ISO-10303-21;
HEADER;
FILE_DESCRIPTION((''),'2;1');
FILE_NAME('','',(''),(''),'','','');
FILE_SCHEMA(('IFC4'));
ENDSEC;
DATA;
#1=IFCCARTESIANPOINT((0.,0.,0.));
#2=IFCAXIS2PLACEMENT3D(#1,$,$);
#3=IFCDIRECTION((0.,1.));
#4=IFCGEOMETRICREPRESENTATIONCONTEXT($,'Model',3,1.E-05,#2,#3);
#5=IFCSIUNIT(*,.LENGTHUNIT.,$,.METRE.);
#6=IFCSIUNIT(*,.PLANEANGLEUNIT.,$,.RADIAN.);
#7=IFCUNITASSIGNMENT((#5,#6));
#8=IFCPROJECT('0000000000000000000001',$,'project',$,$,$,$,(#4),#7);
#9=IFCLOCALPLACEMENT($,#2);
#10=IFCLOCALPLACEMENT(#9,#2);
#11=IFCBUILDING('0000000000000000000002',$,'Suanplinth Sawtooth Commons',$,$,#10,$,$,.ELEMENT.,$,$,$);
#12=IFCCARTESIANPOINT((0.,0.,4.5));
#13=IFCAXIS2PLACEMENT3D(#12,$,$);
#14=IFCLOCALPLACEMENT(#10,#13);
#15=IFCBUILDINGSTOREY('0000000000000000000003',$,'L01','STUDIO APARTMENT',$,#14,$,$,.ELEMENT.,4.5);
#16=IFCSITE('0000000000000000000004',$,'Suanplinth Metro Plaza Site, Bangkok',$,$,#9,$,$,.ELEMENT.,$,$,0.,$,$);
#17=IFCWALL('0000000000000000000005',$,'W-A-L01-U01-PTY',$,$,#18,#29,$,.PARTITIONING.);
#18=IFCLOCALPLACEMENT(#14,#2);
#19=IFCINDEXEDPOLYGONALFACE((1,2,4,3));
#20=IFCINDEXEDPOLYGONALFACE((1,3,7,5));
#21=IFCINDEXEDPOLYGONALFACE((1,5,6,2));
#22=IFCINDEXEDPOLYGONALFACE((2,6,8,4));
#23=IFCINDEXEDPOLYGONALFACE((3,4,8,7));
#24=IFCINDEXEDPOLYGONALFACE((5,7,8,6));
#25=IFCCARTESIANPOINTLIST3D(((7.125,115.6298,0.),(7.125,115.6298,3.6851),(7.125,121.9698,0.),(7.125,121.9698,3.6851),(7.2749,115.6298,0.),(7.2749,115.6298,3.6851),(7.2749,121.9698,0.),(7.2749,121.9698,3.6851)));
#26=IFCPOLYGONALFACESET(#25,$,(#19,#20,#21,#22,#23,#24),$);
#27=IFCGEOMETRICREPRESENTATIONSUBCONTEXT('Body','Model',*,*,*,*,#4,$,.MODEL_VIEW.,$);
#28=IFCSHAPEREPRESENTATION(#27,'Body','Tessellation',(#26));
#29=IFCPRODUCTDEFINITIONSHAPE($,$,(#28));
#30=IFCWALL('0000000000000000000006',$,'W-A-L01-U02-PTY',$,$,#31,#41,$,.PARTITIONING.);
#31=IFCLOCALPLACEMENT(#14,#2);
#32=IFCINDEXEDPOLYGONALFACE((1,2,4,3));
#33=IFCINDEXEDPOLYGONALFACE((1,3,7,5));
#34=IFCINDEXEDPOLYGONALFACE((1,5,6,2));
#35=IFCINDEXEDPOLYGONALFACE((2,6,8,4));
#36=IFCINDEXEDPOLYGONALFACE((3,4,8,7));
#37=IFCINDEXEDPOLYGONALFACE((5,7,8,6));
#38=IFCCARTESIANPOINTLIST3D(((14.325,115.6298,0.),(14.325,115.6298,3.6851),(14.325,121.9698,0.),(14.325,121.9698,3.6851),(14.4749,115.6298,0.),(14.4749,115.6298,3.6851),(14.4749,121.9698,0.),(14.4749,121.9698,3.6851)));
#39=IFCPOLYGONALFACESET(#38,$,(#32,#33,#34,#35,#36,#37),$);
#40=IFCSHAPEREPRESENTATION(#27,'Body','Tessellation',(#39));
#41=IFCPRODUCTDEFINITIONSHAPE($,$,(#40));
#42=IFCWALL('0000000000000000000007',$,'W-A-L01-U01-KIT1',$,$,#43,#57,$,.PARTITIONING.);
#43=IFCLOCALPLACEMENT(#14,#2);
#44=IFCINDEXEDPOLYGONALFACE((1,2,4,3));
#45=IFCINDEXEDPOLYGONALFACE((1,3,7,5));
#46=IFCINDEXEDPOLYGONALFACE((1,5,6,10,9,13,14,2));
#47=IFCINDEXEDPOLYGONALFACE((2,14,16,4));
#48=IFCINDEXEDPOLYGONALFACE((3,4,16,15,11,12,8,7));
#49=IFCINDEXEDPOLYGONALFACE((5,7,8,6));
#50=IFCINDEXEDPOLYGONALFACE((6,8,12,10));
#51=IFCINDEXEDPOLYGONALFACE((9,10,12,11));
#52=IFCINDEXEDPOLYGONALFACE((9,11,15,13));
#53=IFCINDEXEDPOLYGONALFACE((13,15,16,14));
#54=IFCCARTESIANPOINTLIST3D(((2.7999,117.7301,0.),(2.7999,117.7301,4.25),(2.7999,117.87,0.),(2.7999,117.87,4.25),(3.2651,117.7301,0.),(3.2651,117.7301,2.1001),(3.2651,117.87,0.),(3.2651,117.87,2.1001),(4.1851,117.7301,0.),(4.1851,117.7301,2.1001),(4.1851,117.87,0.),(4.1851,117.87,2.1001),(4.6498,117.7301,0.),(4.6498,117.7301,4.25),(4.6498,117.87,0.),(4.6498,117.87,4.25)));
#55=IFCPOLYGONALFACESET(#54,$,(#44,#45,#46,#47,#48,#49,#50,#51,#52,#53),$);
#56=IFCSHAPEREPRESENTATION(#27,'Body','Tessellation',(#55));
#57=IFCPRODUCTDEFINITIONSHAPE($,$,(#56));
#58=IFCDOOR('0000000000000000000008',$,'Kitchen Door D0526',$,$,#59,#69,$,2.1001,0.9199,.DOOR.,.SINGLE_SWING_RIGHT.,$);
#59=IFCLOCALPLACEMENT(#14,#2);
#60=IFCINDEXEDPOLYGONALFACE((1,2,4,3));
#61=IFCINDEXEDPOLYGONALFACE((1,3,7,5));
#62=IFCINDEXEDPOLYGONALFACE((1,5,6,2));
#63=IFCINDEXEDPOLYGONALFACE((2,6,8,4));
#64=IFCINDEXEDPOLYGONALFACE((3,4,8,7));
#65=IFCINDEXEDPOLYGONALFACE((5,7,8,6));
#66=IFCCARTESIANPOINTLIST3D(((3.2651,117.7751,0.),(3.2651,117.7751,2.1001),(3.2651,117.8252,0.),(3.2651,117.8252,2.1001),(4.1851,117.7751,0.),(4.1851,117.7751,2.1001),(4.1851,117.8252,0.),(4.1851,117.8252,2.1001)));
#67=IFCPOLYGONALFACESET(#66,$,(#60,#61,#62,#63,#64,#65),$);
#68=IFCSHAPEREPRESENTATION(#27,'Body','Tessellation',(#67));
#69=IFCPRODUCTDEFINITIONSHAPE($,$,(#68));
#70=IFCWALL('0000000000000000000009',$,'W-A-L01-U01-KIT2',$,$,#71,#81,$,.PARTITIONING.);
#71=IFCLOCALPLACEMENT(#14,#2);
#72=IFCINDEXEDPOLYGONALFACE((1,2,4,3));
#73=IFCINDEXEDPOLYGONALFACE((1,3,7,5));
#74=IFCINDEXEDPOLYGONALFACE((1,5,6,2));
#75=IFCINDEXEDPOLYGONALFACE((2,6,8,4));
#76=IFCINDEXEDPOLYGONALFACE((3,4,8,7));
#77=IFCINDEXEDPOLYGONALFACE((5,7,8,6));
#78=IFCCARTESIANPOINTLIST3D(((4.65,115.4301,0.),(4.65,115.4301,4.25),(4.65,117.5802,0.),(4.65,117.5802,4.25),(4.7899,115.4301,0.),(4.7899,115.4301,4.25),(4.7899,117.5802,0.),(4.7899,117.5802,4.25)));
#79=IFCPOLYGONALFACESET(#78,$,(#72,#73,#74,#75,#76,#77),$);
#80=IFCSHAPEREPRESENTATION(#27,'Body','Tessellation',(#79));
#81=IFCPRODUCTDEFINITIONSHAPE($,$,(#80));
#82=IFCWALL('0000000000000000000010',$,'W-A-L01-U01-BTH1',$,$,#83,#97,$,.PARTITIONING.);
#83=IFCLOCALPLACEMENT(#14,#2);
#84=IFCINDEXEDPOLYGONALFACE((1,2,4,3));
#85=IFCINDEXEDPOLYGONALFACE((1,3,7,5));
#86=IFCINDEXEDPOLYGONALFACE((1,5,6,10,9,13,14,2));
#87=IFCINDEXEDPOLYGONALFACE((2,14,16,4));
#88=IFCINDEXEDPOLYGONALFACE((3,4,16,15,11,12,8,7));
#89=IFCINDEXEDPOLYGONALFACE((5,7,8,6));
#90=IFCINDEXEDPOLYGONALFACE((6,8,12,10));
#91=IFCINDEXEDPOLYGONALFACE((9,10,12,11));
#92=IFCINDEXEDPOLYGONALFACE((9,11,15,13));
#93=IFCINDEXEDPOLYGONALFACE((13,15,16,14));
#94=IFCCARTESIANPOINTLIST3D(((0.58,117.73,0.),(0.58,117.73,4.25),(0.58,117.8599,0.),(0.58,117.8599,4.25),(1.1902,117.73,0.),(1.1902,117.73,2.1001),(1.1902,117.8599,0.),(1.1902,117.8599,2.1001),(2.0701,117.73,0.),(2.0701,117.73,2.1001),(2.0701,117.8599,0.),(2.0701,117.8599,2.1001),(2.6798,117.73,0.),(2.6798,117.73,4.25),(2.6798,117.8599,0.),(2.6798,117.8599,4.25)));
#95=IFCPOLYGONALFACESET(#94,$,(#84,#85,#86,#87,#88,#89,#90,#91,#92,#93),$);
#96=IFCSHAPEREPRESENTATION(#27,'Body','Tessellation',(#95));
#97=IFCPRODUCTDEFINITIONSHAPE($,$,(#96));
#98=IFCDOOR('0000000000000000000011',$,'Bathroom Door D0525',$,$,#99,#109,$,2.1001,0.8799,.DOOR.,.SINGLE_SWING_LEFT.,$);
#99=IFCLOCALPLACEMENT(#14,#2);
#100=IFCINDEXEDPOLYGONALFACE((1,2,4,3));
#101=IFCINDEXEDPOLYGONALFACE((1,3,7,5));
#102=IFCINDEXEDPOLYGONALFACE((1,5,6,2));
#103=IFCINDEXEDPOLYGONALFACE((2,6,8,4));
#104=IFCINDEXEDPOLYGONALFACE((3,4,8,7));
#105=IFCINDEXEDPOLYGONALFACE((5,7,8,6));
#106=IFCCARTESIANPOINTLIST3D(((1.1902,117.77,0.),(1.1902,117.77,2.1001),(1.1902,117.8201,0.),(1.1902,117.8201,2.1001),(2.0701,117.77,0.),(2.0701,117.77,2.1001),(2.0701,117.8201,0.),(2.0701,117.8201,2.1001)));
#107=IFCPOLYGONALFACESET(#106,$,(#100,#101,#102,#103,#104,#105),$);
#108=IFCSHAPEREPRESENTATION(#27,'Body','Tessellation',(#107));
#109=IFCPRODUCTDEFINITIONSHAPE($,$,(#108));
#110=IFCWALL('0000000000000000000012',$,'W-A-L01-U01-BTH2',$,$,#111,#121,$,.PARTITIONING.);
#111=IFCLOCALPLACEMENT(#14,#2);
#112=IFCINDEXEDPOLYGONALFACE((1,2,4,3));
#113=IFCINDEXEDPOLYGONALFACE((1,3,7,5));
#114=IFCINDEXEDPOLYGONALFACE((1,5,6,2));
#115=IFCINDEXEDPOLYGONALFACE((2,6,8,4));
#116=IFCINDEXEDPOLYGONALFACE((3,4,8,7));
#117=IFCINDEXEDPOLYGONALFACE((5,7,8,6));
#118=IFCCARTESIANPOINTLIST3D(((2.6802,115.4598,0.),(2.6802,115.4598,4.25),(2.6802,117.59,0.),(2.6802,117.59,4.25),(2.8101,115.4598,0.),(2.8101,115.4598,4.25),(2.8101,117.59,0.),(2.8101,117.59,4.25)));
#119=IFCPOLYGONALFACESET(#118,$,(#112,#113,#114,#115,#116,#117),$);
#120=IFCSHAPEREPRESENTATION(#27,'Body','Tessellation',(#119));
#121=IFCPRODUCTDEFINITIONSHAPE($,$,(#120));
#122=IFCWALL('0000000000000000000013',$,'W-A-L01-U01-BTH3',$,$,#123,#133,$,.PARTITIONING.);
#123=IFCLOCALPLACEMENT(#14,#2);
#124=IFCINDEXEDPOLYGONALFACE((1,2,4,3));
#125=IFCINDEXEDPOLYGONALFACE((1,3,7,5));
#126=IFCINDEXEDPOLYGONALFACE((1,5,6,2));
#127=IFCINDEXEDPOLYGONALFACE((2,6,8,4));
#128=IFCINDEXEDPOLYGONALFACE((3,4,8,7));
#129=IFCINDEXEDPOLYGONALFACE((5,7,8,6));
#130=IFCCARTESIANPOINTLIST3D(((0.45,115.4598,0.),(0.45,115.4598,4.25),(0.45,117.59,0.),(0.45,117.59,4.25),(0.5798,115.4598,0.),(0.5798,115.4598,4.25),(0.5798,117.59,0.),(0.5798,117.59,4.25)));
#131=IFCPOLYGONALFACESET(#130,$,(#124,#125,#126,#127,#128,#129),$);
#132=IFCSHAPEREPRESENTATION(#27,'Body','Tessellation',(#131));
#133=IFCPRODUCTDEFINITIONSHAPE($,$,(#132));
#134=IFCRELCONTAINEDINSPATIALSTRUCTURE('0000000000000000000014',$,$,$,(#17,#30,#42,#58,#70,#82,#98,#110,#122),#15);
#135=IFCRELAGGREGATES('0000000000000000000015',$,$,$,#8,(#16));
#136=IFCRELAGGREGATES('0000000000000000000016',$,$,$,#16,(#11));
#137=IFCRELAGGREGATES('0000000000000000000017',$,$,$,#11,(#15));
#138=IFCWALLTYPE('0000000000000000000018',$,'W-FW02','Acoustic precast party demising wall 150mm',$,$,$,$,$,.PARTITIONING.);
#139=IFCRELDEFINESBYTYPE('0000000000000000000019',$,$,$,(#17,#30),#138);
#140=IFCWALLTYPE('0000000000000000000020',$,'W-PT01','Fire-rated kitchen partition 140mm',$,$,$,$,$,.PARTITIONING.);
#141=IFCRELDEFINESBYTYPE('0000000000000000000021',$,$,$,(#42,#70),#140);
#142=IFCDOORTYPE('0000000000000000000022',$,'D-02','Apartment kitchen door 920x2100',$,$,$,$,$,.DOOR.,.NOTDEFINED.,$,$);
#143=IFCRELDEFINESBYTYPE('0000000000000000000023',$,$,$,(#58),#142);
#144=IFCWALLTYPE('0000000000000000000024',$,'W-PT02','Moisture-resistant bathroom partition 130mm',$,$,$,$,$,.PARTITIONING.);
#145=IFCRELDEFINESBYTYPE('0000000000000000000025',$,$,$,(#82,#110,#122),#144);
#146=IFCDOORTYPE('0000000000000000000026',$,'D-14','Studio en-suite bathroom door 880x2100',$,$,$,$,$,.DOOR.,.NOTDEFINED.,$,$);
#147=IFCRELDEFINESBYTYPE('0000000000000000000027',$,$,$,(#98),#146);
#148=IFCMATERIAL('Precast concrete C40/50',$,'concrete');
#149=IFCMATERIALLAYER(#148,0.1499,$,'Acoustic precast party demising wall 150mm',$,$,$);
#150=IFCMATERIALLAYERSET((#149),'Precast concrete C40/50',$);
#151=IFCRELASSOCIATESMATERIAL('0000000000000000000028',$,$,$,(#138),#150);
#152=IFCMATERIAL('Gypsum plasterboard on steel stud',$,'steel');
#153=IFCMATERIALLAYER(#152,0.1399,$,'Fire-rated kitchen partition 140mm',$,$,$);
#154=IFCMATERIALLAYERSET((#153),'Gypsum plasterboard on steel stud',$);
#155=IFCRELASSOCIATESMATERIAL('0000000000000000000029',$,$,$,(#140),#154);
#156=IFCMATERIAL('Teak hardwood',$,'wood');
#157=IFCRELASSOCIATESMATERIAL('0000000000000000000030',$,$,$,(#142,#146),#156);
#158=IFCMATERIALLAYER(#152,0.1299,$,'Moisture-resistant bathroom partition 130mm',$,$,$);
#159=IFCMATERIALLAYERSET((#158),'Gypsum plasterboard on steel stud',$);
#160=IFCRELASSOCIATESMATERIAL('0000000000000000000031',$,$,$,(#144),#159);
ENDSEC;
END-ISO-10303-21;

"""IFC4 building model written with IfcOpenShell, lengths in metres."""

from ifc_helpers import new_model, si_unit, direction, frame, frame_2d, origin, place, context, subcontext, project, spatial, rectangle, extrude, material, layer, layer_set, type_object, element, fill, save


model = new_model("IFC4")

# Units and contexts
model_context = context("Model", 3, precision=1e-05, world=origin(), true_north=direction((0.0, 1.0)))
body_context = subcontext(model_context, "Body", "Model", "MODEL_VIEW")
ifc_project = project(units=[si_unit("LENGTHUNIT", "METRE"), si_unit("PLANEANGLEUNIT", "RADIAN")], contexts=[model_context])

# Site, building, storey
site_placement = place(None, origin())
site = spatial("IfcSite", under=ifc_project, at=site_placement, Name="Suanplinth Metro Plaza Site, Bangkok", CompositionType="ELEMENT", RefElevation=0.0)
building_placement = place(site_placement, origin())
building = spatial("IfcBuilding", under=site, at=building_placement, Name="Suanplinth Sawtooth Commons", CompositionType="ELEMENT")
storey_placement = place(building_placement, frame((0.0, 0.0, 4.5)))
storey = spatial("IfcBuildingStorey", under=building, at=storey_placement, Name="L01", Description="STUDIO APARTMENT", CompositionType="ELEMENT", Elevation=4.5)

# Shared definitions
ifc_material_1 = material(Name="Precast concrete C40/50", Category="concrete")

# Shared definitions
ifc_material_2 = material(Name="Teak hardwood", Category="wood")

# Walls
ifc_layer_1 = layer(ifc_material_1, 0.1499, Name="Acoustic precast party demising wall 150mm")
ifc_layer_set_1 = layer_set([ifc_layer_1], Name="Precast concrete C40/50")
wall_type_1 = type_object("IfcWallType", Name="W-FW02", Description="Acoustic precast party demising wall 150mm", PredefinedType="PARTITIONING", material=ifc_layer_set_1)
for number, where, z_axis, x_axis, name in (
    (1, (7.2, 115.6299, 0.0), (0.0, 0.0, 1.0), (0.0, 1.0, 0.0), "W-A-L01-U01-PTY"),
    (2, (14.3999, 115.6299, 0.0), (0.0, 0.0, 1.0), (0.0, 1.0, 0.0), "W-A-L01-U02-PTY"),
):
    element("IfcWall", number, at=place(storey_placement, frame(where, z_axis=z_axis, x_axis=x_axis)), inside=storey, type_object=wall_type_1, Name=name, PredefinedType="PARTITIONING", context=body_context, shape_type="SweptSolid", body=[
        extrude(rectangle(XDim=6.3401, YDim=0.1499, at=frame_2d((3.1699, 0.0))), origin(), (0.0, 0.0, 1.0), 3.6851),
    ])

# Wall, opening, door
ifc_material_3 = material(Name="Gypsum plasterboard on steel stud", Category="steel")
ifc_layer_2 = layer(ifc_material_3, 0.1399, Name="Fire-rated kitchen partition 140mm")
ifc_layer_set_2 = layer_set([ifc_layer_2], Name="Gypsum plasterboard on steel stud")
wall_type_2 = type_object("IfcWallType", Name="W-PT01", Description="Fire-rated kitchen partition 140mm", PredefinedType="PARTITIONING", material=ifc_layer_set_2)
wall_1_placement = place(storey_placement, frame((2.8, 117.8, 0.0), z_axis=(0.0, 0.0, 1.0), x_axis=(1.0, 0.0, 0.0)))
wall_1 = element("IfcWall", 3, at=wall_1_placement, inside=storey, type_object=wall_type_2, Name="W-A-L01-U01-KIT1", PredefinedType="PARTITIONING", context=body_context, shape_type="SweptSolid", body=[
    extrude(rectangle(XDim=1.8499, YDim=0.1399, at=frame_2d((0.9248, 0.0))), origin(), (0.0, 0.0, 1.0), 4.25),
])
opening_1_placement = place(wall_1_placement, frame((0.4651, 0.0, 0.0)))
opening_1 = element("IfcOpeningElement", 4, at=opening_1_placement, cuts=wall_1, PredefinedType="OPENING", context=body_context, shape_type="SweptSolid", body=[
    extrude(rectangle(XDim=0.9199, YDim=2.1001, at=frame_2d((0.46, 1.05))), frame((0.0, 0.085, 0.0), z_axis=(0.0, -1.0, 0.0), x_axis=(1.0, 0.0, 0.0)), (0.0, 0.0, 1.0), 0.1697),
])
door_type_1 = type_object("IfcDoorType", Name="D-02", Description="Apartment kitchen door 920x2100", OperationType="NOTDEFINED", PredefinedType="DOOR", material=ifc_material_2)
door_1_placement = place(opening_1_placement, frame((0.9199, 0.0, 0.0), z_axis=(0.0, 0.0, 1.0), x_axis=(-1.0, 0.0, 0.0)))
door_1 = element("IfcDoor", 5, at=door_1_placement, inside=storey, type_object=door_type_1, Name="Kitchen Door D0526", OperationType="SINGLE_SWING_RIGHT", OverallHeight=2.1001, OverallWidth=0.9199, PredefinedType="DOOR", context=body_context, shape_type="SweptSolid", body=[
    extrude(rectangle(XDim=0.9199, YDim=2.1001, at=frame_2d((0.46, 1.05))), frame((0.0, 0.0249, 0.0), z_axis=(0.0, -1.0, 0.0), x_axis=(1.0, 0.0, 0.0)), (0.0, 0.0, 1.0), 0.05),
])
fill(opening_1, door_1)

# Wall
wall_2_placement = place(storey_placement, frame((4.72, 115.4299, 0.0), z_axis=(0.0, 0.0, 1.0), x_axis=(0.0, 1.0, 0.0)))
element("IfcWall", 6, at=wall_2_placement, inside=storey, type_object=wall_type_2, Name="W-A-L01-U01-KIT2", PredefinedType="PARTITIONING", context=body_context, shape_type="SweptSolid", body=[
    extrude(rectangle(XDim=2.1501, YDim=0.1399, at=frame_2d((1.0752, 0.0))), origin(), (0.0, 0.0, 1.0), 4.25),
])

# Wall, opening, door
ifc_layer_3 = layer(ifc_material_3, 0.1299, Name="Moisture-resistant bathroom partition 130mm")
ifc_layer_set_3 = layer_set([ifc_layer_3], Name="Gypsum plasterboard on steel stud")
wall_type_3 = type_object("IfcWallType", Name="W-PT02", Description="Moisture-resistant bathroom partition 130mm", PredefinedType="PARTITIONING", material=ifc_layer_set_3)
wall_3_placement = place(storey_placement, frame((0.5801, 117.7949, 0.0), z_axis=(0.0, 0.0, 1.0), x_axis=(1.0, 0.0, 0.0)))
wall_3 = element("IfcWall", 7, at=wall_3_placement, inside=storey, type_object=wall_type_3, Name="W-A-L01-U01-BTH1", PredefinedType="PARTITIONING", context=body_context, shape_type="SweptSolid", body=[
    extrude(rectangle(XDim=2.0999, YDim=0.1299, at=frame_2d((1.0498, 0.0))), origin(), (0.0, 0.0, 1.0), 4.25),
])
opening_2_placement = place(wall_3_placement, frame((0.6101, 0.0, 0.0)))
opening_2 = element("IfcOpeningElement", 8, at=opening_2_placement, cuts=wall_3, PredefinedType="OPENING", context=body_context, shape_type="SweptSolid", body=[
    extrude(rectangle(XDim=0.8799, YDim=2.1001, at=frame_2d((0.4399, 1.05))), frame((0.0, 0.0798, 0.0), z_axis=(0.0, -1.0, 0.0), x_axis=(1.0, 0.0, 0.0)), (0.0, 0.0, 1.0), 0.1597),
])
door_type_2 = type_object("IfcDoorType", Name="D-14", Description="Studio en-suite bathroom door 880x2100", OperationType="NOTDEFINED", PredefinedType="DOOR", material=ifc_material_2)
door_2_placement = place(opening_2_placement, frame((0.8799, 0.0, 0.0), z_axis=(0.0, 0.0, 1.0), x_axis=(-1.0, 0.0, 0.0)))
door_2 = element("IfcDoor", 9, at=door_2_placement, inside=storey, type_object=door_type_2, Name="Bathroom Door D0525", OperationType="SINGLE_SWING_LEFT", OverallHeight=2.1001, OverallWidth=0.8799, PredefinedType="DOOR", context=body_context, shape_type="SweptSolid", body=[
    extrude(rectangle(XDim=0.8799, YDim=2.1001, at=frame_2d((0.4399, 1.05))), frame((0.0, 0.0249, 0.0), z_axis=(0.0, -1.0, 0.0), x_axis=(1.0, 0.0, 0.0)), (0.0, 0.0, 1.0), 0.05),
])
fill(opening_2, door_2)

# Walls
for number, where, z_axis, x_axis, name in (
    (10, (2.7451, 115.46, 0.0), (0.0, 0.0, 1.0), (0.0, 1.0, 0.0), "W-A-L01-U01-BTH2"),
    (11, (0.5149, 115.46, 0.0), (0.0, 0.0, 1.0), (0.0, 1.0, 0.0), "W-A-L01-U01-BTH3"),
):
    element("IfcWall", number, at=place(storey_placement, frame(where, z_axis=z_axis, x_axis=x_axis)), inside=storey, type_object=wall_type_3, Name=name, PredefinedType="PARTITIONING", context=body_context, shape_type="SweptSolid", body=[
        extrude(rectangle(XDim=2.1301, YDim=0.1299, at=frame_2d((1.0649, 0.0))), origin(), (0.0, 0.0, 1.0), 4.25),
    ])

save(model, "model.ifc")
